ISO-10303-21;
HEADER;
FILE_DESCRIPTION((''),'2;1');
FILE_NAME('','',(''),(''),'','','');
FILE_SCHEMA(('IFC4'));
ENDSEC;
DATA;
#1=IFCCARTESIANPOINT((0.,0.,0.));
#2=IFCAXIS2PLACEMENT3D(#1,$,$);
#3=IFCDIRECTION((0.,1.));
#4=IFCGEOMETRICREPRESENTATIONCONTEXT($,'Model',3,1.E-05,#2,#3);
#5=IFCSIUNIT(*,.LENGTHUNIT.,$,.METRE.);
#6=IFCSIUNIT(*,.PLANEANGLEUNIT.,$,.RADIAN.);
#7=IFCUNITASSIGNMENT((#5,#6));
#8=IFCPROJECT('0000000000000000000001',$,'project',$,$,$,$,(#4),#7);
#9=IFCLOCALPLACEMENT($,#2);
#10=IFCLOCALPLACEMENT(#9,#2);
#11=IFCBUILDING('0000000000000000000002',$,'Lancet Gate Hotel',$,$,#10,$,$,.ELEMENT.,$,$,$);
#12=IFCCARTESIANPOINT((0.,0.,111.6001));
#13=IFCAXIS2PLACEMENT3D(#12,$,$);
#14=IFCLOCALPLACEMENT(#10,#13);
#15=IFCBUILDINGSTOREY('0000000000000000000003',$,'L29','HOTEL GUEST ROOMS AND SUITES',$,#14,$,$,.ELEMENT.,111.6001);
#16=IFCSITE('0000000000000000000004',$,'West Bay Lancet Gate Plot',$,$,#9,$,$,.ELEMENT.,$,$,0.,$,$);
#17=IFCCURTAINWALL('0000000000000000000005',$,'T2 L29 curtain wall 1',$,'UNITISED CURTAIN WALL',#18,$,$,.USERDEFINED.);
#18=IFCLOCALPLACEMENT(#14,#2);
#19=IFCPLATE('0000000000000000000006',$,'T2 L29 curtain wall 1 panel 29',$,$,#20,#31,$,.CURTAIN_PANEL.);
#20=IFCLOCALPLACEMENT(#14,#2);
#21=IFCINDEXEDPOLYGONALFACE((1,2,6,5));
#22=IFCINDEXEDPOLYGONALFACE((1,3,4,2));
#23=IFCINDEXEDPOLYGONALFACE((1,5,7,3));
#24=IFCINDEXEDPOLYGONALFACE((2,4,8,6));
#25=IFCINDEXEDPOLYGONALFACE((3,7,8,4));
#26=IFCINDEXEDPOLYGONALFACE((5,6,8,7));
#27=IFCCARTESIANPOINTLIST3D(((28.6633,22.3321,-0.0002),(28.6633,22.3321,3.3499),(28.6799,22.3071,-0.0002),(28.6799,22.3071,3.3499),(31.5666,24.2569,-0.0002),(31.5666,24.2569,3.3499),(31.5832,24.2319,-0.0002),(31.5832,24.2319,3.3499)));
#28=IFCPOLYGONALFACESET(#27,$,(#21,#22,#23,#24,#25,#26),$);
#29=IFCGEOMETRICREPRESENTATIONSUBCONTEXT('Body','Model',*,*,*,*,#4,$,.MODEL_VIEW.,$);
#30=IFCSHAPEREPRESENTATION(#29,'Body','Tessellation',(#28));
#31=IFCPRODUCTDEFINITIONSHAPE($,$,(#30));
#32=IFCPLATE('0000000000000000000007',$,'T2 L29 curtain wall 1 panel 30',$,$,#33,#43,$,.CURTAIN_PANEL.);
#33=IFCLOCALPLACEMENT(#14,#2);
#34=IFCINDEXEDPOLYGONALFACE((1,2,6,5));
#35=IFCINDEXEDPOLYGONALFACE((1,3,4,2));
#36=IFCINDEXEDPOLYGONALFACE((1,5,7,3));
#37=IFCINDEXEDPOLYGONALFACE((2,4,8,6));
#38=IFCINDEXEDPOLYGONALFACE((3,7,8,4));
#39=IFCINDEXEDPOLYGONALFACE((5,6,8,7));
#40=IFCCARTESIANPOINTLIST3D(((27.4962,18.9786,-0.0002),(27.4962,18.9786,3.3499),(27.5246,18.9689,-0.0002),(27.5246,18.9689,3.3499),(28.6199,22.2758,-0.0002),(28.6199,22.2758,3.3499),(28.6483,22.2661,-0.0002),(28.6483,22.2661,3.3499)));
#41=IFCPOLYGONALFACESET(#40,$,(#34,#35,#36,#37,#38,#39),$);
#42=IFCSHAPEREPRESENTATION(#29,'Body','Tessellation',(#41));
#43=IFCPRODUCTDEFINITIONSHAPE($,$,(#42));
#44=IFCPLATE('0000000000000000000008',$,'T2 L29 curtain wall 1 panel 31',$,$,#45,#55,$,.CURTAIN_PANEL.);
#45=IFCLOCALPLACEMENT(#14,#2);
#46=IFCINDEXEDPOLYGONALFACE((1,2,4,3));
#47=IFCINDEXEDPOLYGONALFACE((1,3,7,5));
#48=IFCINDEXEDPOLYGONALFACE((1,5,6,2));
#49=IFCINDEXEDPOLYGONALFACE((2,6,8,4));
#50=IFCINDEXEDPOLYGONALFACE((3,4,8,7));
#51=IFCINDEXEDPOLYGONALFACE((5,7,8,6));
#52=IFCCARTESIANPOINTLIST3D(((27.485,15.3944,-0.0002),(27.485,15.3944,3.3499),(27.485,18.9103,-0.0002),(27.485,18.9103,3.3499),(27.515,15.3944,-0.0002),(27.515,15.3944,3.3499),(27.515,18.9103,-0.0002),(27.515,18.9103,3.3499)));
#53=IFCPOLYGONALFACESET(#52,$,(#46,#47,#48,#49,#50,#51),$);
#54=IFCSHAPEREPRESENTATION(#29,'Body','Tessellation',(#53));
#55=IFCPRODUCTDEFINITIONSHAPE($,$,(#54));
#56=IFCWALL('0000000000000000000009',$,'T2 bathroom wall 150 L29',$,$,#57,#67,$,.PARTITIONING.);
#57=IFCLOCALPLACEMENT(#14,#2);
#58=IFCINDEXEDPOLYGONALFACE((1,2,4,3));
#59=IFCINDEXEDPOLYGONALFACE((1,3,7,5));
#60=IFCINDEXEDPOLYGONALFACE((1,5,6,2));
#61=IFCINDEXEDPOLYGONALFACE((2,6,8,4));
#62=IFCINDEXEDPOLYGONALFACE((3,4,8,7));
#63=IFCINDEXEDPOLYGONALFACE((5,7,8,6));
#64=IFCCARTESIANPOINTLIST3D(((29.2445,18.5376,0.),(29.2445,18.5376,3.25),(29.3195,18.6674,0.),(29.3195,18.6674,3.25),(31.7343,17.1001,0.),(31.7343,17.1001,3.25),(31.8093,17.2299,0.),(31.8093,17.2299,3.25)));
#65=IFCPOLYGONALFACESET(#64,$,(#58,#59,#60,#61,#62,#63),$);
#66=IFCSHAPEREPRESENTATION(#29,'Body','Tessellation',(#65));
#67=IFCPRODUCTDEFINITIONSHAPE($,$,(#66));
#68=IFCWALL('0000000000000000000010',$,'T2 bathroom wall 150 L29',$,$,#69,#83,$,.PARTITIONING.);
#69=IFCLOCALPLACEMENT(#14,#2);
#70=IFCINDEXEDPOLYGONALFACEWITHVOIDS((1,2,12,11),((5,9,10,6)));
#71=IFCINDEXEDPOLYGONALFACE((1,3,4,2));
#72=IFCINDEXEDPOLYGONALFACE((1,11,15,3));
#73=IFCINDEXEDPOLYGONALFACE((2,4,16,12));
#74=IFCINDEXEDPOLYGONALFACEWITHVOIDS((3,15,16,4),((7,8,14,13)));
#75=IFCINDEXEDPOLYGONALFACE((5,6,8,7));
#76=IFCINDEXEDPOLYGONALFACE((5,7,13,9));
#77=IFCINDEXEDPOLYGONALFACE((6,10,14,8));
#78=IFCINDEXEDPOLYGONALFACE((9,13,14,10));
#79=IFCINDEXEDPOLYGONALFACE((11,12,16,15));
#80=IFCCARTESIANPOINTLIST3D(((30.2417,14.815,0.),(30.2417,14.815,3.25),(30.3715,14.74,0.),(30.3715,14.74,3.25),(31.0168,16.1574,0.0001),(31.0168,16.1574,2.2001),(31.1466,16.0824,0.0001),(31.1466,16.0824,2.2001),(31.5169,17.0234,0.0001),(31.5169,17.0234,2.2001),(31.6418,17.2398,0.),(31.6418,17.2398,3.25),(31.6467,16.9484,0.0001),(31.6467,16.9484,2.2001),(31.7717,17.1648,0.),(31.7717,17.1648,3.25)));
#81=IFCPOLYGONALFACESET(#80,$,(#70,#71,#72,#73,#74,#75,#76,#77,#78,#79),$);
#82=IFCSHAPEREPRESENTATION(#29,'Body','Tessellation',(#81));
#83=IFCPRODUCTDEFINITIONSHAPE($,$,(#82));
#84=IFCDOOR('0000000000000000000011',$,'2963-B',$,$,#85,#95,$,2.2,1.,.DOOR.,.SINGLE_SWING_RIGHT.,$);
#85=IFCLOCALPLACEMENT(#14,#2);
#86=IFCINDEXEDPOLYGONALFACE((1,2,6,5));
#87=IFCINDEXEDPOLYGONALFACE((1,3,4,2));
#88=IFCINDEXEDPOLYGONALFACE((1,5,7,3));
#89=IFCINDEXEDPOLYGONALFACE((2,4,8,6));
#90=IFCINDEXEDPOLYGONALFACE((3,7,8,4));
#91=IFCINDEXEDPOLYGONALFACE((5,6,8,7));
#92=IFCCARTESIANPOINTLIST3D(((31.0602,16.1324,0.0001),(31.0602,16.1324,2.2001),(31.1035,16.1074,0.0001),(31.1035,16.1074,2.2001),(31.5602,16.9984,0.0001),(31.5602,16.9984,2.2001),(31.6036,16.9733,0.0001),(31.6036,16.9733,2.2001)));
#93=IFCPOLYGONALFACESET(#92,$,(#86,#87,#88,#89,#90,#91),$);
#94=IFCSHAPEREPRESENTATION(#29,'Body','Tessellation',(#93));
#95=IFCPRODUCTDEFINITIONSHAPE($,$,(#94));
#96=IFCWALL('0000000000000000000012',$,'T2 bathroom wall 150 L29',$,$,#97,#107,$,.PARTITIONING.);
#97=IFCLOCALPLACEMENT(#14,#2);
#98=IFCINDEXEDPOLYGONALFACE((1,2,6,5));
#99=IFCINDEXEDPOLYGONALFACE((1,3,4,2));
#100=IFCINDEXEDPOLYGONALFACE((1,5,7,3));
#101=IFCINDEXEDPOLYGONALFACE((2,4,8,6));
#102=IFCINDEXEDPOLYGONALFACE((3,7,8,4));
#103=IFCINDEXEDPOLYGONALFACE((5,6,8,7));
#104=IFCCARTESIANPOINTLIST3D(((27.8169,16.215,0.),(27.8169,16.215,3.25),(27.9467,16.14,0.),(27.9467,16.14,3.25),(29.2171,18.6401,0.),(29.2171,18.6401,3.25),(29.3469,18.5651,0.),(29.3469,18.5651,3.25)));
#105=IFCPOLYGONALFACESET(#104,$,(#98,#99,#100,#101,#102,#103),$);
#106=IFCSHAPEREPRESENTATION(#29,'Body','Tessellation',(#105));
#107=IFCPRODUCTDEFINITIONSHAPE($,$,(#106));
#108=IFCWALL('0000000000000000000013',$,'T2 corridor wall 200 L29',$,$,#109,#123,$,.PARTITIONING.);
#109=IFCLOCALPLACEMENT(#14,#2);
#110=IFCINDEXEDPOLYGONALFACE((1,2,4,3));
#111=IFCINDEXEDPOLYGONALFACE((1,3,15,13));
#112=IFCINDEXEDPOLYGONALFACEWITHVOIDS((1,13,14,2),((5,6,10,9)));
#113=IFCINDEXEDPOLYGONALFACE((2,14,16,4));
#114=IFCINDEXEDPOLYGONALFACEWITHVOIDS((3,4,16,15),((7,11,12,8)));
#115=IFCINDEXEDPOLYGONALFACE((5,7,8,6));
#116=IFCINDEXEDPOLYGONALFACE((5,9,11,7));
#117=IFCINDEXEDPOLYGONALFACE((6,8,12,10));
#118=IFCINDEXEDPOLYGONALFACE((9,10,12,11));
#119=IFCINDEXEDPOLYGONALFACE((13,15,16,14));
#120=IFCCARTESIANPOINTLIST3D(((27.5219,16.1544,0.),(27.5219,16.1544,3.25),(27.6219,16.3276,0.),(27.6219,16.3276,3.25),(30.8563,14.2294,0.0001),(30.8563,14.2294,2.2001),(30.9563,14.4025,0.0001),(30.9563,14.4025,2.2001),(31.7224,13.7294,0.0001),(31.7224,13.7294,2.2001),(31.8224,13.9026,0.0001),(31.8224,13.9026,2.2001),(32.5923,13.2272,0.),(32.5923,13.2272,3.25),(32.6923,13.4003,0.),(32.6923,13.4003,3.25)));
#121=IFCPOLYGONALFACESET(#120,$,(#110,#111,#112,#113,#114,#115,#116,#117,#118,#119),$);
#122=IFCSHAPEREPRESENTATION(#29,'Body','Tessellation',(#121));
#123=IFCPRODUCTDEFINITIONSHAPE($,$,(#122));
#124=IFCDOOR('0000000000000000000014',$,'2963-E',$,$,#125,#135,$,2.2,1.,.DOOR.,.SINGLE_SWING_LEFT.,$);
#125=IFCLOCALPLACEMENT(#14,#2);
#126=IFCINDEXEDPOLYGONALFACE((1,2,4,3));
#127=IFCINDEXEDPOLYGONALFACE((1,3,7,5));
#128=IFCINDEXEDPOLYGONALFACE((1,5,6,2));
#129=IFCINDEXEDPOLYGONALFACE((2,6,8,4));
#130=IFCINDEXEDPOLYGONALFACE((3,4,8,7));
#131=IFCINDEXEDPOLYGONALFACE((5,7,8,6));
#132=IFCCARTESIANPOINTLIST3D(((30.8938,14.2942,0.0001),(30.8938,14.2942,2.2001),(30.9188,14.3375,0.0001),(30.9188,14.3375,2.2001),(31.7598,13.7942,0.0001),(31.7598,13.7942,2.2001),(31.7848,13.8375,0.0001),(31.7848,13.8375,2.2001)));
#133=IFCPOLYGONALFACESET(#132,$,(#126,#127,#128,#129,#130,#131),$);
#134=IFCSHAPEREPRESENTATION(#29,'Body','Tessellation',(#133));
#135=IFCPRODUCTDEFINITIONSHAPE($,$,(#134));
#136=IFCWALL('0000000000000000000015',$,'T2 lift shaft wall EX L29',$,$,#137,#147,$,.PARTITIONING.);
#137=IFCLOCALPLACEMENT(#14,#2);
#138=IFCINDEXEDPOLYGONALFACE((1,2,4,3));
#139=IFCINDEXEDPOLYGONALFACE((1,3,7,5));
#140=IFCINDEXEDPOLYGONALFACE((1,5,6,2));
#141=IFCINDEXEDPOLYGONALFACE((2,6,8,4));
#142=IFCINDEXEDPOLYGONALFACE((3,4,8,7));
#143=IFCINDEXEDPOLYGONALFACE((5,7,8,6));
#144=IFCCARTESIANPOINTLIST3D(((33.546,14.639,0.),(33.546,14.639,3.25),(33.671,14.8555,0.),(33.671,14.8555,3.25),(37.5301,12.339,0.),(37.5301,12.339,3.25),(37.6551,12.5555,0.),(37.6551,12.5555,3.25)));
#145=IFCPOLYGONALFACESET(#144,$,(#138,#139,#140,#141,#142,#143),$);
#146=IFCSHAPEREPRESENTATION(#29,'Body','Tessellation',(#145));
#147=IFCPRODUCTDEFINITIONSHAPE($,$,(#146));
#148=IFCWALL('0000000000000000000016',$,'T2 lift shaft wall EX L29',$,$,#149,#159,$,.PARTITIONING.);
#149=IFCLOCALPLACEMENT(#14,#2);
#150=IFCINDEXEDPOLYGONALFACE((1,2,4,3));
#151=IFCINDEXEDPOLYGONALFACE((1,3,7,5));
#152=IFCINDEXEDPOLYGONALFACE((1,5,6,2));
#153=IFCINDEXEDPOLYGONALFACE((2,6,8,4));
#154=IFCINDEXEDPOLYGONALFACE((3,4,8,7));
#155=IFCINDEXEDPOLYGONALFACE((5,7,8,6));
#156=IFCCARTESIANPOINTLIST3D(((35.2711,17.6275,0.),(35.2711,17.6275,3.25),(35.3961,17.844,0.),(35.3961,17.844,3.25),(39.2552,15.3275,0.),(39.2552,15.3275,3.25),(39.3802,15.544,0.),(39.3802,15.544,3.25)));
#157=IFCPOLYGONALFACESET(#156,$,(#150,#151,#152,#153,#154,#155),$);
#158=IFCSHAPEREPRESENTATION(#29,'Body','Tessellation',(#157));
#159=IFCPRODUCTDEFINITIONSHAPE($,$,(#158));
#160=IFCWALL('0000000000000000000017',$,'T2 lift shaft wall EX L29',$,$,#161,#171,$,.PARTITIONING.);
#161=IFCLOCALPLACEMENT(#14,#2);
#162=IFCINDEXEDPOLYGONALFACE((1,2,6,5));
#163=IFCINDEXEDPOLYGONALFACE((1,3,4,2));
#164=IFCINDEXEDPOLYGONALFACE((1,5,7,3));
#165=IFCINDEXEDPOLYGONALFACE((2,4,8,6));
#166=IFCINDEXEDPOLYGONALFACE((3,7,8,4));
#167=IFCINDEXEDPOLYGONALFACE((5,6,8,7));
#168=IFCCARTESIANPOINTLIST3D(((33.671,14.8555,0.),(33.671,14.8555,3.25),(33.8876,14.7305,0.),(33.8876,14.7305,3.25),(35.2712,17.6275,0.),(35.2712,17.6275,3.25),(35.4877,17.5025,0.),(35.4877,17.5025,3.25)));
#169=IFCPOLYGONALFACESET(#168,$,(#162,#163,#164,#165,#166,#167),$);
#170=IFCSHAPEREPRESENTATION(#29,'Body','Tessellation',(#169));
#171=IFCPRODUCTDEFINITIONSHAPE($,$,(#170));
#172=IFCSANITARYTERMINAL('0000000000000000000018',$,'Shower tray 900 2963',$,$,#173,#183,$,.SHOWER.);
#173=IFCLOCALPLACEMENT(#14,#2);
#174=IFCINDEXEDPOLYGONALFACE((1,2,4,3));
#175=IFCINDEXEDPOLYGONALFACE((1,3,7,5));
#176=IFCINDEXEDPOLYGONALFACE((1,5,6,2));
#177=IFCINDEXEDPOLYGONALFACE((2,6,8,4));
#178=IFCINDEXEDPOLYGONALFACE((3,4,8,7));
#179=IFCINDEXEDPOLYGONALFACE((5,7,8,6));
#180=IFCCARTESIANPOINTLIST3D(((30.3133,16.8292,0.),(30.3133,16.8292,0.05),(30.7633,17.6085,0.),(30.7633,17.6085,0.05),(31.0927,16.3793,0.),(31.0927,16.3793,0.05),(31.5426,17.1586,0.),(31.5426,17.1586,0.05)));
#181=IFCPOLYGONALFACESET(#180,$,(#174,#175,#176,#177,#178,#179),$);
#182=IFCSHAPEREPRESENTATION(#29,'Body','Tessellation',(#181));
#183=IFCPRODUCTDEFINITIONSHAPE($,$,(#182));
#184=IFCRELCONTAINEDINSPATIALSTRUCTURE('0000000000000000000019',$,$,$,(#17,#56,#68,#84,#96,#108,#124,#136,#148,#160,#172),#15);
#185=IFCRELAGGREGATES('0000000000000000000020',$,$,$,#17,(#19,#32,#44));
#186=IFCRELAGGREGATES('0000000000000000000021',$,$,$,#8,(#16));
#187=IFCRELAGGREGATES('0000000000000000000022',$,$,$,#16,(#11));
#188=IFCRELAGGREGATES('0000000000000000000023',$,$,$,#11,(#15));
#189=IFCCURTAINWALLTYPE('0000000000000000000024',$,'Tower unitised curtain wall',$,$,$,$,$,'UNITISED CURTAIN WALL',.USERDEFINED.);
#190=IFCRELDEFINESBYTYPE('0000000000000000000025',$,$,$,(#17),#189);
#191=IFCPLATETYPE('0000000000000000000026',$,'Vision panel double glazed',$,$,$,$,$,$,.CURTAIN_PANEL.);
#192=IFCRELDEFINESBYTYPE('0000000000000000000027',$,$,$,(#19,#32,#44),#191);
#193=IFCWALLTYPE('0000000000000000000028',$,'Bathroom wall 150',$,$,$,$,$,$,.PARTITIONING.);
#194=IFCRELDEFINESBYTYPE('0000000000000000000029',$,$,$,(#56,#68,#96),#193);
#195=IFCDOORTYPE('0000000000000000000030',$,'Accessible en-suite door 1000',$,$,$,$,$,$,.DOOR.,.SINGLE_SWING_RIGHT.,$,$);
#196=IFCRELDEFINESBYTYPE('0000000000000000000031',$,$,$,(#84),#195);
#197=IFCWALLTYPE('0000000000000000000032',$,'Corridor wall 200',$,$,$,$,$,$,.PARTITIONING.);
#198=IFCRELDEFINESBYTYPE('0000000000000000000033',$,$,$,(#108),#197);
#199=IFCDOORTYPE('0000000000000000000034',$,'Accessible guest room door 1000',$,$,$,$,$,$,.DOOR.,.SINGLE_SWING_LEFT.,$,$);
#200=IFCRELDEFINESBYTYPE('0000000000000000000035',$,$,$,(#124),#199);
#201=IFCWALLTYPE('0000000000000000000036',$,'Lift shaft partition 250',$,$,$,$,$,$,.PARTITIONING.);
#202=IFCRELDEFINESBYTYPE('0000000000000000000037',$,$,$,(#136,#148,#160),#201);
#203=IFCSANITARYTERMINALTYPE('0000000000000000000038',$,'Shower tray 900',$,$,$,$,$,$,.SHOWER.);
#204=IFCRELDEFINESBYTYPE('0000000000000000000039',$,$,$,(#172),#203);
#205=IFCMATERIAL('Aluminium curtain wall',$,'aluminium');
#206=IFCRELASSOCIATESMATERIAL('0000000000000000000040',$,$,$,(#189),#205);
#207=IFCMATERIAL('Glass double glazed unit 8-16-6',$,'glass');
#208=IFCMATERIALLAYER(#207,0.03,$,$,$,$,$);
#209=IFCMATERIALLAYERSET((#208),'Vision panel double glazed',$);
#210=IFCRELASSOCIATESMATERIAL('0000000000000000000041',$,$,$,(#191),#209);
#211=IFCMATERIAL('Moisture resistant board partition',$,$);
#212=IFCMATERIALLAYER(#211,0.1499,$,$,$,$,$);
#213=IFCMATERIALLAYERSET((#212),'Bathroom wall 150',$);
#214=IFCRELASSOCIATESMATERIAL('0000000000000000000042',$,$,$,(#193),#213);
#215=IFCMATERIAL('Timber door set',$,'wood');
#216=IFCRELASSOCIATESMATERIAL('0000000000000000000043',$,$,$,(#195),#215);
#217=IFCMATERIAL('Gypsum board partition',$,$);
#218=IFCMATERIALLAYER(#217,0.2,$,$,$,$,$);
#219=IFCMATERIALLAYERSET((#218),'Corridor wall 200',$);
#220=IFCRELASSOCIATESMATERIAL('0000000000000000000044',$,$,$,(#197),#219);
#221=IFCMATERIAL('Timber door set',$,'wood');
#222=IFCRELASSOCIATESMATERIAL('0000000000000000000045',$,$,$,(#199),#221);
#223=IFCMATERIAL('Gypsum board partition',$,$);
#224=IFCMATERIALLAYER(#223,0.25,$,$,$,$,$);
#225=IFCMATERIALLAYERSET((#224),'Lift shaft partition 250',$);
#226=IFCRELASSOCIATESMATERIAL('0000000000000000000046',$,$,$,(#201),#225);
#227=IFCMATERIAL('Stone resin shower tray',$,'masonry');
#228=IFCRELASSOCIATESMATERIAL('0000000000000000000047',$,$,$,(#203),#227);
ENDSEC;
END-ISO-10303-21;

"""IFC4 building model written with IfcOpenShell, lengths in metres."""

from ifc_helpers import new_model, si_unit, direction, frame, frame_2d, origin, origin_2d, place, context, subcontext, project, spatial, rectangle, extrude, material, layer, layer_set, type_object, element, fill, aggregate, save


model = new_model("IFC4")

# Units and contexts
model_context = context("Model", 3, precision=1e-05, world=origin(), true_north=direction((0.0, 1.0)))
body_context = subcontext(model_context, "Body", "Model", "MODEL_VIEW")
ifc_project = project(units=[si_unit("LENGTHUNIT", "METRE"), si_unit("PLANEANGLEUNIT", "RADIAN")], contexts=[model_context])

# Site, building, storey
site_placement = place(None, origin())
site = spatial("IfcSite", under=ifc_project, at=site_placement, Name="West Bay Lancet Gate Plot", CompositionType="ELEMENT", RefElevation=0.0)
building_placement = place(site_placement, origin())
building = spatial("IfcBuilding", under=site, at=building_placement, Name="Lancet Gate Hotel", CompositionType="ELEMENT")
storey_placement = place(building_placement, frame((0.0, 0.0, 111.6001)))
storey = spatial("IfcBuildingStorey", under=building, at=storey_placement, Name="L29", Description="HOTEL GUEST ROOMS AND SUITES", CompositionType="ELEMENT", Elevation=111.6001)

# Curtain wall
ifc_material_1 = material(Name="Aluminium curtain wall", Category="aluminium")
curtain_wall_type = type_object("IfcCurtainWallType", Name="Tower unitised curtain wall", ElementType="UNITISED CURTAIN WALL", PredefinedType="USERDEFINED", material=ifc_material_1)
curtain_wall_placement = place(storey_placement, origin())
curtain_wall = element("IfcCurtainWall", 1, at=curtain_wall_placement, inside=storey, type_object=curtain_wall_type, Name="T2 L29 curtain wall 1", ObjectType="UNITISED CURTAIN WALL", PredefinedType="USERDEFINED")

# Plates
ifc_material_2 = material(Name="Glass double glazed unit 8-16-6", Category="glass")
ifc_layer_1 = layer(ifc_material_2, 0.03)
ifc_layer_set_1 = layer_set([ifc_layer_1], Name="Vision panel double glazed")
plate_type = type_object("IfcPlateType", Name="Vision panel double glazed", PredefinedType="CURTAIN_PANEL", material=ifc_layer_set_1)
plate_1_placement = place(storey_placement, frame((30.1233, 23.282, -0.0002), z_axis=(0.0, 0.0, 1.0), x_axis=(-0.833465, -0.552573, 0.0)))
plate_1 = element("IfcPlate", 2, at=plate_1_placement, type_object=plate_type, Name="T2 L29 curtain wall 1 panel 29", PredefinedType="CURTAIN_PANEL", context=body_context, shape_type="SweptSolid", body=[
    extrude(rectangle(XDim=3.4834, YDim=0.03, at=origin_2d()), origin(), (0.0, 0.0, 1.0), 3.3501),
])
plate_2_placement = place(storey_placement, frame((28.0723, 20.6223, -0.0002), z_axis=(0.0, 0.0, 1.0), x_axis=(-0.322576, -0.946544, 0.0)))
plate_2 = element("IfcPlate", 3, at=plate_2_placement, type_object=plate_type, Name="T2 L29 curtain wall 1 panel 30", PredefinedType="CURTAIN_PANEL", context=body_context, shape_type="SweptSolid", body=[
    extrude(rectangle(XDim=3.4834, YDim=0.03, at=origin_2d()), origin(), (0.0, 0.0, 1.0), 3.3501),
])
plate_3_placement = place(storey_placement, frame((27.5, 17.1523, -0.0002), z_axis=(0.0, 0.0, 1.0), x_axis=(0.0, -1.0, 0.0)))
plate_3 = element("IfcPlate", 4, at=plate_3_placement, type_object=plate_type, Name="T2 L29 curtain wall 1 panel 31", PredefinedType="CURTAIN_PANEL", context=body_context, shape_type="SweptSolid", body=[
    extrude(rectangle(XDim=3.5159, YDim=0.03, at=origin_2d()), origin(), (0.0, 0.0, 1.0), 3.3501),
])
aggregate(curtain_wall, [plate_1, plate_2, plate_3])

# Wall
ifc_material_3 = material(Name="Moisture resistant board partition")
ifc_layer_2 = layer(ifc_material_3, 0.1499)
ifc_layer_set_2 = layer_set([ifc_layer_2], Name="Bathroom wall 150")
wall_type_1 = type_object("IfcWallType", Name="Bathroom wall 150", PredefinedType="PARTITIONING", material=ifc_layer_set_2)
wall_1_placement = place(storey_placement, frame((29.282, 18.6025, 0.0), z_axis=(0.0, 0.0, 1.0), x_axis=(0.866019, -0.500012, 0.0)))
element("IfcWall", 5, at=wall_1_placement, inside=storey, type_object=wall_type_1, Name="T2 bathroom wall 150 L29", PredefinedType="PARTITIONING", context=body_context, shape_type="SweptSolid", body=[
    extrude(rectangle(XDim=2.875, YDim=0.1499, at=frame_2d((1.4375, 0.0))), origin(), (0.0, 0.0, 1.0), 3.25),
])

# Wall, opening, door
wall_2_placement = place(storey_placement, frame((30.3066, 14.7776, 0.0), z_axis=(0.0, 0.0, 1.0), x_axis=(0.50005, 0.865997, 0.0)))
wall_2 = element("IfcWall", 6, at=wall_2_placement, inside=storey, type_object=wall_type_1, Name="T2 bathroom wall 150 L29", PredefinedType="PARTITIONING", context=body_context, shape_type="SweptSolid", body=[
    extrude(rectangle(XDim=2.8, YDim=0.1499, at=frame_2d((1.3999, 0.0))), origin(), (0.0, 0.0, 1.0), 3.25),
])
opening_1_placement = place(wall_2_placement, frame((1.55, 0.0, 0.0)))
opening_1 = element("IfcOpeningElement", 7, at=opening_1_placement, cuts=wall_2, PredefinedType="OPENING", context=body_context, shape_type="SweptSolid", body=[
    extrude(rectangle(XDim=1.0, YDim=2.2, at=frame_2d((0.5, 1.1001))), frame((0.0, 0.085, 0.0), z_axis=(0.0, -1.0, 0.0), x_axis=(1.0, 0.0, 0.0)), (0.0, 0.0, 1.0), 0.1699),
])
ifc_material_4 = material(Name="Timber door set", Category="wood")
door_type_1 = type_object("IfcDoorType", Name="Accessible en-suite door 1000", OperationType="SINGLE_SWING_RIGHT", PredefinedType="DOOR", material=ifc_material_4)
door_1_placement = place(opening_1_placement, origin())
door_1 = element("IfcDoor", 8, at=door_1_placement, inside=storey, type_object=door_type_1, Name="2963-B", OperationType="SINGLE_SWING_RIGHT", OverallHeight=2.2, OverallWidth=1.0, PredefinedType="DOOR", context=body_context, shape_type="SweptSolid", body=[
    extrude(rectangle(XDim=1.0, YDim=2.2, at=frame_2d((0.5, 1.1001))), frame((0.0, 0.0249, 0.0), z_axis=(0.0, -1.0, 0.0), x_axis=(1.0, 0.0, 0.0)), (0.0, 0.0, 1.0), 0.05),
])
fill(opening_1, door_1)

# Wall
wall_3_placement = place(storey_placement, frame((27.8818, 16.1775, 0.0), z_axis=(0.0, 0.0, 1.0), x_axis=(0.500012, 0.866019, 0.0)))
element("IfcWall", 9, at=wall_3_placement, inside=storey, type_object=wall_type_1, Name="T2 bathroom wall 150 L29", PredefinedType="PARTITIONING", context=body_context, shape_type="SweptSolid", body=[
    extrude(rectangle(XDim=2.8003, YDim=0.1499, at=frame_2d((1.4001, 0.0))), origin(), (0.0, 0.0, 1.0), 3.25),
])

# Wall, opening, door
ifc_material_5 = material(Name="Gypsum board partition")
ifc_layer_3 = layer(ifc_material_5, 0.2)
ifc_layer_set_3 = layer_set([ifc_layer_3], Name="Corridor wall 200")
wall_type_2 = type_object("IfcWallType", Name="Corridor wall 200", PredefinedType="PARTITIONING", material=ifc_layer_set_3)
wall_4_placement = place(storey_placement, frame((27.572, 16.241, 0.0), z_axis=(0.0, 0.0, 1.0), x_axis=(0.866033, -0.499987, 0.0)))
wall_4 = element("IfcWall", 10, at=wall_4_placement, inside=storey, type_object=wall_type_2, Name="T2 corridor wall 200 L29", PredefinedType="PARTITIONING", context=body_context, shape_type="SweptSolid", body=[
    extrude(rectangle(XDim=5.8547, YDim=0.2, at=frame_2d((2.9272, 0.0))), origin(), (0.0, 0.0, 1.0), 3.25),
])
opening_2_placement = place(wall_4_placement, frame((3.8501, 0.0, 0.0)))
opening_2 = element("IfcOpeningElement", 11, at=opening_2_placement, cuts=wall_4, PredefinedType="OPENING", context=body_context, shape_type="SweptSolid", body=[
    extrude(rectangle(XDim=1.0, YDim=2.2, at=frame_2d((0.5, 1.1001))), frame((0.0, 0.1099, 0.0), z_axis=(0.0, -1.0, 0.0), x_axis=(1.0, 0.0, 0.0)), (0.0, 0.0, 1.0), 0.22),
])
ifc_material_6 = material(Name="Timber door set", Category="wood")
door_type_2 = type_object("IfcDoorType", Name="Accessible guest room door 1000", OperationType="SINGLE_SWING_LEFT", PredefinedType="DOOR", material=ifc_material_6)
door_2_placement = place(opening_2_placement, origin())
door_2 = element("IfcDoor", 12, at=door_2_placement, inside=storey, type_object=door_type_2, Name="2963-E", OperationType="SINGLE_SWING_LEFT", OverallHeight=2.2, OverallWidth=1.0, PredefinedType="DOOR", context=body_context, shape_type="SweptSolid", body=[
    extrude(rectangle(XDim=1.0, YDim=2.2, at=frame_2d((0.5, 1.1001))), frame((0.0, 0.0249, 0.0), z_axis=(0.0, -1.0, 0.0), x_axis=(1.0, 0.0, 0.0)), (0.0, 0.0, 1.0), 0.05),
])
fill(opening_2, door_2)

# Walls
ifc_material_7 = material(Name="Gypsum board partition")
ifc_layer_4 = layer(ifc_material_7, 0.25)
ifc_layer_set_4 = layer_set([ifc_layer_4], Name="Lift shaft partition 250")
wall_type_3 = type_object("IfcWallType", Name="Lift shaft partition 250", PredefinedType="PARTITIONING", material=ifc_layer_set_4)
for number, where, z_axis, x_axis, name in (
    (13, (33.6084, 14.7473, 0.0), (0.0, 0.0, 1.0), (0.866043, -0.499969, 0.0), "T2 lift shaft wall EX L29"),
    (14, (35.3335, 17.7358, 0.0), (0.0, 0.0, 1.0), (0.866043, -0.499969, 0.0), "T2 lift shaft wall EX L29"),
):
    element("IfcWall", number, at=place(storey_placement, frame(where, z_axis=z_axis, x_axis=x_axis)), inside=storey, type_object=wall_type_3, Name=name, PredefinedType="PARTITIONING", context=body_context, shape_type="SweptSolid", body=[
        extrude(rectangle(XDim=4.6003, YDim=0.25, at=frame_2d((2.3003, 0.0))), origin(), (0.0, 0.0, 1.0), 3.25),
    ])
wall_5_placement = place(storey_placement, frame((33.7793, 14.793, 0.0), z_axis=(0.0, 0.0, 1.0), x_axis=(0.499929, 0.866066, 0.0)))
element("IfcWall", 15, at=wall_5_placement, inside=storey, type_object=wall_type_3, Name="T2 lift shaft wall EX L29", PredefinedType="PARTITIONING", context=body_context, shape_type="SweptSolid", body=[
    extrude(rectangle(XDim=3.2007, YDim=0.25, at=frame_2d((1.6003, 0.0))), origin(), (0.0, 0.0, 1.0), 3.25),
])

# Sanitary terminal
ifc_material_8 = material(Name="Stone resin shower tray", Category="masonry")
sanitary_terminal_type_1 = type_object("IfcSanitaryTerminalType", Name="Shower tray 900", PredefinedType="SHOWER", material=ifc_material_8)
sanitary_terminal_1_placement = place(storey_placement, frame((30.928, 16.9939, 0.0), z_axis=(0.0, 0.0, 1.0), x_axis=(0.866025, -0.5, 0.0)))
element("IfcSanitaryTerminal", 16, at=sanitary_terminal_1_placement, inside=storey, type_object=sanitary_terminal_type_1, Name="Shower tray 900 2963", PredefinedType="SHOWER", context=body_context, shape_type="SweptSolid", body=[
    extrude(rectangle(XDim=0.8999, YDim=0.8999, at=origin_2d()), origin(), (0.0, 0.0, 1.0), 0.05),
])

save(model, "model.ifc")
